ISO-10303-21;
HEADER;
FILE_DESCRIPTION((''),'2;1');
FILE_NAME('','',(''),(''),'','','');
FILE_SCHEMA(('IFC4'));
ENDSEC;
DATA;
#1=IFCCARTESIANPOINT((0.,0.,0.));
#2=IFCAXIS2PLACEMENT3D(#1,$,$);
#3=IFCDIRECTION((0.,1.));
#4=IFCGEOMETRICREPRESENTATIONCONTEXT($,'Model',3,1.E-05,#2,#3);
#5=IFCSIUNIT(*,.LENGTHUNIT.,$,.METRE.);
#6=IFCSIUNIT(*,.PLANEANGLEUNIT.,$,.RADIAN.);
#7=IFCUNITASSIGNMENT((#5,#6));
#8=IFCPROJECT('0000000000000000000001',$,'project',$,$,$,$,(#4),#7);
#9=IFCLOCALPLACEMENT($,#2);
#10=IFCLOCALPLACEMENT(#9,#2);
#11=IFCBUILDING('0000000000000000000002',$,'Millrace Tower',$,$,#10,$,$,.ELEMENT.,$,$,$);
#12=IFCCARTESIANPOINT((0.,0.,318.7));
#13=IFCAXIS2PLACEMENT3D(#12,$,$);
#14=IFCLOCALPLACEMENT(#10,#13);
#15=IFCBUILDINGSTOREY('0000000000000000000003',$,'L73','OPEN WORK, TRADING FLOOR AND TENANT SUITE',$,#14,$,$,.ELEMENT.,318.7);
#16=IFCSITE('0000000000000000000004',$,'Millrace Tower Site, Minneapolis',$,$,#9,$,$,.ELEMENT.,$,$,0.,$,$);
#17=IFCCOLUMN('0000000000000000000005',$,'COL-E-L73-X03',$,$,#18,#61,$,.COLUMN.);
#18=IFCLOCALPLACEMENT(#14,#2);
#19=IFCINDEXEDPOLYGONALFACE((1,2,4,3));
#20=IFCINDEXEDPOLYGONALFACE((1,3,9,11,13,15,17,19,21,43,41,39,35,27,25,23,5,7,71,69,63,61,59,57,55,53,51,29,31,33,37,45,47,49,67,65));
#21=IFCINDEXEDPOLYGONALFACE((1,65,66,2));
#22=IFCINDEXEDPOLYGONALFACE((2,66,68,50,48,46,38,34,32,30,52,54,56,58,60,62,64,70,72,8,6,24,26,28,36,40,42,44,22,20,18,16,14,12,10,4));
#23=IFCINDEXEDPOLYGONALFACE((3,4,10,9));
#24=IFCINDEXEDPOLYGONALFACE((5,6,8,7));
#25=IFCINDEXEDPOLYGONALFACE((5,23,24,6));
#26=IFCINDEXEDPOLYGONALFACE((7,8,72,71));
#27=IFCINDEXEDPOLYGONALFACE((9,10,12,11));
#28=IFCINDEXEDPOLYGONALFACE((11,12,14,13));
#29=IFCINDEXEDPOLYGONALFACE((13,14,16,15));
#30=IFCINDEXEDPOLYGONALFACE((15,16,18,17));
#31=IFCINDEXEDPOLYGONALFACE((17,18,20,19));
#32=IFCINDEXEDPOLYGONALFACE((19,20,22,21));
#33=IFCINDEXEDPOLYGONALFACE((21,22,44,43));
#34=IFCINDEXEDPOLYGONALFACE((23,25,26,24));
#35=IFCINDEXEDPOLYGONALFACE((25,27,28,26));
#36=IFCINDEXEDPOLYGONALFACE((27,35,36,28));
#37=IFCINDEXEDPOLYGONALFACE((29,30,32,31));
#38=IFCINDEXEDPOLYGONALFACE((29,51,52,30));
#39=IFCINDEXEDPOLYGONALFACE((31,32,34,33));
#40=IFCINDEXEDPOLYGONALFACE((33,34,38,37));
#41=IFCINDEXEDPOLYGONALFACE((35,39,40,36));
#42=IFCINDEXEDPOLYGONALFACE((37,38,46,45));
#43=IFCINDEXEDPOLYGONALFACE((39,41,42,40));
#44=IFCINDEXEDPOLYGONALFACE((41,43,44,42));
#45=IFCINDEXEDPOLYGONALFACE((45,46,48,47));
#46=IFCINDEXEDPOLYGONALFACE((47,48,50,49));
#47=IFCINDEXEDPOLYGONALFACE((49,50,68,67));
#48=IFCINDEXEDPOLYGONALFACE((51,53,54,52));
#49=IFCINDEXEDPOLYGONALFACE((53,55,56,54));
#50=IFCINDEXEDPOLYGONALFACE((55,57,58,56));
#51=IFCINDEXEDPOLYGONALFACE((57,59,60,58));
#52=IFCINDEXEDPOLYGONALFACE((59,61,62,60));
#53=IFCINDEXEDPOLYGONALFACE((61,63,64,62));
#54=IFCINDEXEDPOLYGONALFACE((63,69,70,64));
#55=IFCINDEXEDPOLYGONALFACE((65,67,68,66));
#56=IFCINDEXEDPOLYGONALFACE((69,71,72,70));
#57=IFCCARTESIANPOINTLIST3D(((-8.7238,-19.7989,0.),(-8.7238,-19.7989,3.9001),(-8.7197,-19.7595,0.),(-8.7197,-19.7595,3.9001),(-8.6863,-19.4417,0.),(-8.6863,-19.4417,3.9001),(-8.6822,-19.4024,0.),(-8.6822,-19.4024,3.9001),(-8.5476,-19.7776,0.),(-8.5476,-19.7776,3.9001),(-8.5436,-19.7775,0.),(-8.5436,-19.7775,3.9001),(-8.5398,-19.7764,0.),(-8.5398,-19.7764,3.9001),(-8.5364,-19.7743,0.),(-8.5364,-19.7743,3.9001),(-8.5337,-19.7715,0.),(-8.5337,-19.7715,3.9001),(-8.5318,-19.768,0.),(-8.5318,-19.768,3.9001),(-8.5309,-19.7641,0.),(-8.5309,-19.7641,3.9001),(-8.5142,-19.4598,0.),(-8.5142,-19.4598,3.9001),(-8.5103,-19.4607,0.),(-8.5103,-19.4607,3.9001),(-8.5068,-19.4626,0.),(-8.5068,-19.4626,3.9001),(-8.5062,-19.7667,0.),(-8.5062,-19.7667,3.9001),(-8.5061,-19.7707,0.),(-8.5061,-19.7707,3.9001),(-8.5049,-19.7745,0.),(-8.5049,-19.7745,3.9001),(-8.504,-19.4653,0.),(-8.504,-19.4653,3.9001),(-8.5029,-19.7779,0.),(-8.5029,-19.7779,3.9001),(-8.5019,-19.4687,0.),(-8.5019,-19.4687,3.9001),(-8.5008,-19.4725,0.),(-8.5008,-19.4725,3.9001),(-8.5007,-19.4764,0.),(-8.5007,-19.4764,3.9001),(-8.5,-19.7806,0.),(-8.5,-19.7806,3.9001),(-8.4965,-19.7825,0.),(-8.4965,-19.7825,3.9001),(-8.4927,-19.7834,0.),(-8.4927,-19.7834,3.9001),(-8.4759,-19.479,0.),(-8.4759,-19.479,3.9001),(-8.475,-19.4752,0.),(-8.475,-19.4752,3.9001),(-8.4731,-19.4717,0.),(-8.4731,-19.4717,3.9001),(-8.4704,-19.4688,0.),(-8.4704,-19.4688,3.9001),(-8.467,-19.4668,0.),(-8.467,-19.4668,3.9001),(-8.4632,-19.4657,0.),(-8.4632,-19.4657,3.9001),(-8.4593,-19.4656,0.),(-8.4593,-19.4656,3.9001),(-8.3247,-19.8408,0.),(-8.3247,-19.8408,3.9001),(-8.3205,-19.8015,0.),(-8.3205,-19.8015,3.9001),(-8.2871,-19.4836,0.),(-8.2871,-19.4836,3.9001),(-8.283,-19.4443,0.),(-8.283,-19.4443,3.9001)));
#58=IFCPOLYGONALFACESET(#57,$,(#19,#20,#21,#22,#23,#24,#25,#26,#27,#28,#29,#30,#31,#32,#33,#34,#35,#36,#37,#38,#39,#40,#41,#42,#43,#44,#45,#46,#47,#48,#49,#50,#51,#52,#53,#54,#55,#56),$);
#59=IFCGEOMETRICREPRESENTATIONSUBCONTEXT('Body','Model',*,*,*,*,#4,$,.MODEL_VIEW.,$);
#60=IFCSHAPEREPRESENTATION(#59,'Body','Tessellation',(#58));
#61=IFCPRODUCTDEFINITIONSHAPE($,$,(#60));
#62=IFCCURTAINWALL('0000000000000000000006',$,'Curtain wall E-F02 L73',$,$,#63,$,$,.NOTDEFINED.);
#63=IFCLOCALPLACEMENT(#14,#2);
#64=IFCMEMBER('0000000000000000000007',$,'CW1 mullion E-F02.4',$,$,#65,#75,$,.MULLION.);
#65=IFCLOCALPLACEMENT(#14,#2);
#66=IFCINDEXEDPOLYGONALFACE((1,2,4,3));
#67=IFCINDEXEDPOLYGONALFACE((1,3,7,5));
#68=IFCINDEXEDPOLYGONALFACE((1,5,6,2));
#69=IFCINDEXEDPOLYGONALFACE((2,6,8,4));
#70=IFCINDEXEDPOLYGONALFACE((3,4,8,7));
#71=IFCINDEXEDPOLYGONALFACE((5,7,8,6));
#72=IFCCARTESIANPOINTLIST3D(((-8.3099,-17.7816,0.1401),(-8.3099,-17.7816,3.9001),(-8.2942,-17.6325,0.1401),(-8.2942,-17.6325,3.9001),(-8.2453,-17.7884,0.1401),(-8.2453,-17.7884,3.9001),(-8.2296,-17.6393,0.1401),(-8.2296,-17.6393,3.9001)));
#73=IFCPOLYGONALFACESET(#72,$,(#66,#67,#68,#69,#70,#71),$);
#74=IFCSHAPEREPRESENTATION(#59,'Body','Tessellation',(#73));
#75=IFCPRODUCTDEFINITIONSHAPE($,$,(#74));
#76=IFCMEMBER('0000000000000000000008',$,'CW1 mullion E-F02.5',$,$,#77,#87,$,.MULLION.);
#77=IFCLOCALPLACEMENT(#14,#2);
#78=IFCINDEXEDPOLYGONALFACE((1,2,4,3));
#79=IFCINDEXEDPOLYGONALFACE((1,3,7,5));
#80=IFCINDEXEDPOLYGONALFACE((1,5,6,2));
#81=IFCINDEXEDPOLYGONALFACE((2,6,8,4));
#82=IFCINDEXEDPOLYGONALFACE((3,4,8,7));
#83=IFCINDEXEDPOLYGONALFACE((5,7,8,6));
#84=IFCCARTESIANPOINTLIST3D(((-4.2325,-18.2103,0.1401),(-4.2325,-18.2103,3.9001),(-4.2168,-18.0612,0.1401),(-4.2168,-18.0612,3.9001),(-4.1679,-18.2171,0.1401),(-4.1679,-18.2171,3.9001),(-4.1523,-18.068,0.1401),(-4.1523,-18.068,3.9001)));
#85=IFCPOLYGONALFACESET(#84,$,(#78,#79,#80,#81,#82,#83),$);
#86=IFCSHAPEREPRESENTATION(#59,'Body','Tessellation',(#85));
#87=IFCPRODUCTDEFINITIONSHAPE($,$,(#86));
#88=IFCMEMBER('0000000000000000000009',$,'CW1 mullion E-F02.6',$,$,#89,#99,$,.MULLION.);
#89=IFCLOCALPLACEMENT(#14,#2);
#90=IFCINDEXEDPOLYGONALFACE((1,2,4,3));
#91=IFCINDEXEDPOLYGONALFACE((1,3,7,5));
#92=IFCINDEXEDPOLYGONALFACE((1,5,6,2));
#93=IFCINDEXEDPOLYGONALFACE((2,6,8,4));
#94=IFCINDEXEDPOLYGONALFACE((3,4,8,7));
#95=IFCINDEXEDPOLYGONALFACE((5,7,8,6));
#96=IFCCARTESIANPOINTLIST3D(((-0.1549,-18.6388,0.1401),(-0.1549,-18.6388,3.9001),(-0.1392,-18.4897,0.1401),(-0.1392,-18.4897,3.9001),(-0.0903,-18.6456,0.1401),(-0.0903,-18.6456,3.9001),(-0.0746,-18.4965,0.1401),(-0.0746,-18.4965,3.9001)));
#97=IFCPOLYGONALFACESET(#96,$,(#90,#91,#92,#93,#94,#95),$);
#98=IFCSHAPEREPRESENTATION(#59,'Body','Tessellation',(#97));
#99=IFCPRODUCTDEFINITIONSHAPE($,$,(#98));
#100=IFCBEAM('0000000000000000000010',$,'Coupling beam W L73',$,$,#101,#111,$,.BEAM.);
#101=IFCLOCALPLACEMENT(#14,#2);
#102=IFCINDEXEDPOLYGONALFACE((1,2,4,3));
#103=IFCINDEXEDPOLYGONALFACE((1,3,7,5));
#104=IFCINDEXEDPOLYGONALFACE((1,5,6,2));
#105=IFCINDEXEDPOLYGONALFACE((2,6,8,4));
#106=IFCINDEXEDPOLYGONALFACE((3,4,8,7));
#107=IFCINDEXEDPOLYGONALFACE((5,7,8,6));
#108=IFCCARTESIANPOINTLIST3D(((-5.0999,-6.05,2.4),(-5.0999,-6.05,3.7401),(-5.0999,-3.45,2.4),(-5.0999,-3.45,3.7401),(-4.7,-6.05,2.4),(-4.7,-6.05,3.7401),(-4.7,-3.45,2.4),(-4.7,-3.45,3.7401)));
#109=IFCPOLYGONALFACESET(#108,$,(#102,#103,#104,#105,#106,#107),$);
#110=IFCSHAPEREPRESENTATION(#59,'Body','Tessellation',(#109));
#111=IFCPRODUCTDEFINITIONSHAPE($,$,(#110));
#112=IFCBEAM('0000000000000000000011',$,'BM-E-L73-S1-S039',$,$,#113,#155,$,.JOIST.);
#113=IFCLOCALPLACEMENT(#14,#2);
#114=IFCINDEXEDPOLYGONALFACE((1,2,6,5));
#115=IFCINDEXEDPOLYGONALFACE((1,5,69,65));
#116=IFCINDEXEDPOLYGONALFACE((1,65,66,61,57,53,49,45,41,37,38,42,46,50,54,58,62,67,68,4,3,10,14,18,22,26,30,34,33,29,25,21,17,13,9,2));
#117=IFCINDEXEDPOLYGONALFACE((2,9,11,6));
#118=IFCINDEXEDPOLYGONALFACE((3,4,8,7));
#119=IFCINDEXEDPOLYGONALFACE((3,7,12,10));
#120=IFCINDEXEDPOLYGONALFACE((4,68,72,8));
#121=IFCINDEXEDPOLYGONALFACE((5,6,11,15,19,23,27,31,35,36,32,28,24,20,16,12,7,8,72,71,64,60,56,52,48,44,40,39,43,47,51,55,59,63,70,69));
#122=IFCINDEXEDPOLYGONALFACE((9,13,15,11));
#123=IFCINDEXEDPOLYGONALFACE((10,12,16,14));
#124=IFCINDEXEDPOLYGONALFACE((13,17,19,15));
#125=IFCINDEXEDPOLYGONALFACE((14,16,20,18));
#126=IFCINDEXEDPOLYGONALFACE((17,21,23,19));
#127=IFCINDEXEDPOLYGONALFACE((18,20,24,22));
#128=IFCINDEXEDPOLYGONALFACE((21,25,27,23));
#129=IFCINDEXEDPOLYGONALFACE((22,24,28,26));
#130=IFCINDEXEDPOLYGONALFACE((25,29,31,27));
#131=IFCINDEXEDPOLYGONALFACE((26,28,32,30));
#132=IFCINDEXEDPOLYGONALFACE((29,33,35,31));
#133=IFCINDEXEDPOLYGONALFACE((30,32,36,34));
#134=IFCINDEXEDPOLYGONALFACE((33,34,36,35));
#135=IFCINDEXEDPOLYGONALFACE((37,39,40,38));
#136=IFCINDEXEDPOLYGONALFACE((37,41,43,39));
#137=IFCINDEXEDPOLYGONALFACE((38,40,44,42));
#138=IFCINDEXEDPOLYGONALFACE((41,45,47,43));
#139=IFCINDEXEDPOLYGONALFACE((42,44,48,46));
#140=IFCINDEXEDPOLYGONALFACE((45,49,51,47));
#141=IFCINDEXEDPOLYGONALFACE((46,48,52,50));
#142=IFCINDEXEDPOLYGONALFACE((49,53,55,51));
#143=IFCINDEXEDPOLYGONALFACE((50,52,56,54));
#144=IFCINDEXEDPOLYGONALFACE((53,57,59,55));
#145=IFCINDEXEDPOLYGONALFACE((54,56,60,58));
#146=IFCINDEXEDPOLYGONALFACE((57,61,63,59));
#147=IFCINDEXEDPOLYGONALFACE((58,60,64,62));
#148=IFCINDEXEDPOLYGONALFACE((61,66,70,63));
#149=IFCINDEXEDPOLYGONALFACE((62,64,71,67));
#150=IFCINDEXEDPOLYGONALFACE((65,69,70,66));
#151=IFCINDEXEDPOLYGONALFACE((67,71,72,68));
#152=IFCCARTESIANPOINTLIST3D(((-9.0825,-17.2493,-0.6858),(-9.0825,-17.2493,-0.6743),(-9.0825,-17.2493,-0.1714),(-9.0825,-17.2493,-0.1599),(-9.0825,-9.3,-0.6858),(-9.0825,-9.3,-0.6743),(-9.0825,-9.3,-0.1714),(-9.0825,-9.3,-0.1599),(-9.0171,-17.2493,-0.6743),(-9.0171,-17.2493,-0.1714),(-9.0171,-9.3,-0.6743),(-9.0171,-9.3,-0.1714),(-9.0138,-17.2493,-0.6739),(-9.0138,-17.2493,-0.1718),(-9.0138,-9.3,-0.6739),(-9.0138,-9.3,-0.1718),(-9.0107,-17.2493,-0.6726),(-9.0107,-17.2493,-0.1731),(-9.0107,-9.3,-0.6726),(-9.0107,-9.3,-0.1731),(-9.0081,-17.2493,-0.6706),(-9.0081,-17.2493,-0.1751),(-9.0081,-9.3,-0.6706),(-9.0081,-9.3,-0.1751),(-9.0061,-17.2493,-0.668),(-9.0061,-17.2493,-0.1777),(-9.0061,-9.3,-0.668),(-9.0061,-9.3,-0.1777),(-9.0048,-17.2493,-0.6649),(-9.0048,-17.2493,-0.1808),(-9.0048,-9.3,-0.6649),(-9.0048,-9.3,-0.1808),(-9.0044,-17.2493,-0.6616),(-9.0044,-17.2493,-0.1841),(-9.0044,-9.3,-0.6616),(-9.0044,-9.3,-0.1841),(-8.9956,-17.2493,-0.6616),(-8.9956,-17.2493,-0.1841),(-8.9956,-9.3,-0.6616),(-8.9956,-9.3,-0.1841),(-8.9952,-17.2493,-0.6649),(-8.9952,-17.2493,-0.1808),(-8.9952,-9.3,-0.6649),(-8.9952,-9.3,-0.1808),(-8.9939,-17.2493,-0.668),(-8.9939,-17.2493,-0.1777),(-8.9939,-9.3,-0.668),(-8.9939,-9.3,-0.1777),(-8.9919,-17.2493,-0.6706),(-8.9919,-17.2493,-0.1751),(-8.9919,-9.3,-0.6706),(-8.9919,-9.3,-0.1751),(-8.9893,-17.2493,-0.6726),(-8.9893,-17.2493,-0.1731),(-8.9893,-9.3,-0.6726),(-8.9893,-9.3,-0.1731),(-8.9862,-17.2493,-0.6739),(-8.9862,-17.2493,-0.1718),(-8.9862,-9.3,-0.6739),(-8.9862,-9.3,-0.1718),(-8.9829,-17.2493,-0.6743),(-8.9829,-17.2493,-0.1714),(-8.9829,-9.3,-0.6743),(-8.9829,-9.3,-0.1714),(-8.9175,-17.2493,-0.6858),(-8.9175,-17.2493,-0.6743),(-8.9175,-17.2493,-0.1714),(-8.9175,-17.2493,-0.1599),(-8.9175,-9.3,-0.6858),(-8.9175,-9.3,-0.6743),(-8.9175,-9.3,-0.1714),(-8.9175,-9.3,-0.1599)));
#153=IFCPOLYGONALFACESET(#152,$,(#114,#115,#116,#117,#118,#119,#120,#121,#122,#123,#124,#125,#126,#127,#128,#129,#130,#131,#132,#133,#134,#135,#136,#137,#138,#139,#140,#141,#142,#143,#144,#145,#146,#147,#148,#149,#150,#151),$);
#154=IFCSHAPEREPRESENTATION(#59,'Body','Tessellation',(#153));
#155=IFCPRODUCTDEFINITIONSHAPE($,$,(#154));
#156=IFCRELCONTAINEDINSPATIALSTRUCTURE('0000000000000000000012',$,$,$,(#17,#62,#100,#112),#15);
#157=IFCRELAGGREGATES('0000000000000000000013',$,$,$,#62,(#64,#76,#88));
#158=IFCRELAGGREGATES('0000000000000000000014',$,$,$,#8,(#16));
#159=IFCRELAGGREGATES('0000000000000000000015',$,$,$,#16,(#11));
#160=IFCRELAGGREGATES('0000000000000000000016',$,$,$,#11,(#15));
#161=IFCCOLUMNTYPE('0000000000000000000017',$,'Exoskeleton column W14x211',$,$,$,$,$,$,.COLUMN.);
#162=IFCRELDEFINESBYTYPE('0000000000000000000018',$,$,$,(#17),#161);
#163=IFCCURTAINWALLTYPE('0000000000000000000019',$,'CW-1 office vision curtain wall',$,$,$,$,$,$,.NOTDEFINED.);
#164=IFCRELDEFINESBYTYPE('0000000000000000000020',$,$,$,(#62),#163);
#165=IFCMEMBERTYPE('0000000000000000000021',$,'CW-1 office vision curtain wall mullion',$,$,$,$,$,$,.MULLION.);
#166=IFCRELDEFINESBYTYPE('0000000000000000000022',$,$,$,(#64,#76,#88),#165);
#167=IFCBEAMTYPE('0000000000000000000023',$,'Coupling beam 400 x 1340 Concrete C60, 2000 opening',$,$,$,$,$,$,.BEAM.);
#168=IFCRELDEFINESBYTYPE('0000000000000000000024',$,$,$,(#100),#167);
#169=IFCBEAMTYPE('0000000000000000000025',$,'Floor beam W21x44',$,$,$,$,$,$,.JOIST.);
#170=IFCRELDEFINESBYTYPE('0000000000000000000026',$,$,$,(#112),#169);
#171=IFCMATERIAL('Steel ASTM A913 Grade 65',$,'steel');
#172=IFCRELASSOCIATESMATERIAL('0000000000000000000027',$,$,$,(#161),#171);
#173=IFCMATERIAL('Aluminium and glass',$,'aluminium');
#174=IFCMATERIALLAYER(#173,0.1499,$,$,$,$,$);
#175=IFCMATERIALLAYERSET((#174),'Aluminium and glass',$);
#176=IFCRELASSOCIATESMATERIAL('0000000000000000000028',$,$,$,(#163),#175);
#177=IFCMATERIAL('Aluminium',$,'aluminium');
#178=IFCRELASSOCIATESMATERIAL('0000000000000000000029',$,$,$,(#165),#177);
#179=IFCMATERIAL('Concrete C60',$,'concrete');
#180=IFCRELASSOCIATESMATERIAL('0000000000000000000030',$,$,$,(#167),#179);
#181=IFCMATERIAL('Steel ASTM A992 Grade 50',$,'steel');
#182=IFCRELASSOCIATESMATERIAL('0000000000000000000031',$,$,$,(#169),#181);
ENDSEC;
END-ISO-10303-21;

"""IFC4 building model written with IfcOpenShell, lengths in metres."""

from ifc_helpers import new_model, si_unit, direction, frame, origin, origin_2d, place, context, subcontext, project, spatial, rectangle, i_section, extrude, material, layer, layer_set, material_profile, profile_set, type_object, element, aggregate, save


model = new_model("IFC4")

# Units and contexts
model_context = context("Model", 3, precision=1e-05, world=origin(), true_north=direction((0.0, 1.0)))
body_context = subcontext(model_context, "Body", "Model", "MODEL_VIEW")
ifc_project = project(units=[si_unit("LENGTHUNIT", "METRE"), si_unit("PLANEANGLEUNIT", "RADIAN")], contexts=[model_context])

# Site, building, storey
site_placement = place(None, origin())
site = spatial("IfcSite", under=ifc_project, at=site_placement, Name="Millrace Tower Site, Minneapolis", CompositionType="ELEMENT", RefElevation=0.0)
building_placement = place(site_placement, origin())
building = spatial("IfcBuilding", under=site, at=building_placement, Name="Millrace Tower", CompositionType="ELEMENT")
storey_placement = place(building_placement, frame((0.0, 0.0, 318.7)))
storey = spatial("IfcBuildingStorey", under=building, at=storey_placement, Name="L73", Description="OPEN WORK, TRADING FLOOR AND TENANT SUITE", CompositionType="ELEMENT", Elevation=318.7)

# Column
ifc_material_1 = material(Name="Steel ASTM A913 Grade 65", Category="steel")
ifc_material_profile_1 = material_profile(ifc_material_1, i_section(OverallWidth=0.4014, OverallDepth=0.3987, WebThickness=0.0249, FlangeThickness=0.0396, FilletRadius=0.0151, at=origin_2d()))
ifc_profile_set_1 = profile_set([ifc_material_profile_1], Name="Steel ASTM A913 Grade 65")
column_type = type_object("IfcColumnType", Name="Exoskeleton column W14x211", PredefinedType="COLUMN", material=ifc_profile_set_1)
column_placement = place(storey_placement, frame((-8.5034, -19.6216, 0.0), z_axis=(0.0, 0.0, 1.0), x_axis=(0.994522, -0.104528, 0.0)))
element("IfcColumn", 1, at=column_placement, inside=storey, type_object=column_type, Name="COL-E-L73-X03", PredefinedType="COLUMN", context=body_context, shape_type="SweptSolid", body=[
    extrude(i_section(OverallWidth=0.4014, OverallDepth=0.3987, WebThickness=0.0249, FlangeThickness=0.0396, FilletRadius=0.0151, at=origin_2d()), origin(), (0.0, 0.0, 1.0), 3.9001),
])

# Curtain wall, members
ifc_material_2 = material(Name="Aluminium and glass", Category="aluminium")
ifc_layer_1 = layer(ifc_material_2, 0.1499)
ifc_layer_set_1 = layer_set([ifc_layer_1], Name="Aluminium and glass")
curtain_wall_type = type_object("IfcCurtainWallType", Name="CW-1 office vision curtain wall", PredefinedType="NOTDEFINED", material=ifc_layer_set_1)
curtain_wall_placement = place(storey_placement, origin())
curtain_wall = element("IfcCurtainWall", 2, at=curtain_wall_placement, inside=storey, type_object=curtain_wall_type, Name="Curtain wall E-F02 L73", PredefinedType="NOTDEFINED")
ifc_material_3 = material(Name="Aluminium", Category="aluminium")
ifc_material_profile_2 = material_profile(ifc_material_3, rectangle(XDim=0.0649, YDim=0.1499, at=origin_2d()))
ifc_profile_set_2 = profile_set([ifc_material_profile_2], Name="Aluminium")
member_type = type_object("IfcMemberType", Name="CW-1 office vision curtain wall mullion", PredefinedType="MULLION", material=ifc_profile_set_2)
member_1_placement = place(storey_placement, frame((-8.2698, -17.7104, 0.1401), z_axis=(0.0, 0.0, 1.0), x_axis=(0.994522, -0.104528, 0.0)))
member_1 = element("IfcMember", 3, at=member_1_placement, type_object=member_type, Name="CW1 mullion E-F02.4", PredefinedType="MULLION", context=body_context, shape_type="SweptSolid", body=[
    extrude(rectangle(XDim=0.0649, YDim=0.1499, at=origin_2d()), origin(), (0.0, 0.0, 1.0), 3.76),
])
member_2_placement = place(storey_placement, frame((-4.1924, -18.1392, 0.1401), z_axis=(0.0, 0.0, 1.0), x_axis=(0.994522, -0.104528, 0.0)))
member_2 = element("IfcMember", 4, at=member_2_placement, type_object=member_type, Name="CW1 mullion E-F02.5", PredefinedType="MULLION", context=body_context, shape_type="SweptSolid", body=[
    extrude(rectangle(XDim=0.0649, YDim=0.1499, at=origin_2d()), origin(), (0.0, 0.0, 1.0), 3.76),
])
member_3_placement = place(storey_placement, frame((-0.1147, -18.5676, 0.1401), z_axis=(0.0, 0.0, 1.0), x_axis=(0.994522, -0.104528, 0.0)))
member_3 = element("IfcMember", 5, at=member_3_placement, type_object=member_type, Name="CW1 mullion E-F02.6", PredefinedType="MULLION", context=body_context, shape_type="SweptSolid", body=[
    extrude(rectangle(XDim=0.0649, YDim=0.1499, at=origin_2d()), origin(), (0.0, 0.0, 1.0), 3.76),
])
aggregate(curtain_wall, [member_1, member_2, member_3])

# Beams
ifc_material_4 = material(Name="Concrete C60", Category="concrete")
ifc_material_profile_3 = material_profile(ifc_material_4, rectangle(XDim=0.3999, YDim=1.3401, at=origin_2d()))
ifc_profile_set_3 = profile_set([ifc_material_profile_3], Name="Concrete C60")
beam_type_1 = type_object("IfcBeamType", Name="Coupling beam 400 x 1340 Concrete C60, 2000 opening", PredefinedType="BEAM", material=ifc_profile_set_3)
beam_1_placement = place(storey_placement, frame((-4.8999, -6.05, 3.0701), z_axis=(0.0, 1.0, 0.0), x_axis=(-1.0, 0.0, 0.0)))
element("IfcBeam", 6, at=beam_1_placement, inside=storey, type_object=beam_type_1, Name="Coupling beam W L73", PredefinedType="BEAM", context=body_context, shape_type="SweptSolid", body=[
    extrude(rectangle(XDim=0.3999, YDim=1.3401, at=origin_2d()), origin(), (0.0, 0.0, 1.0), 2.6001),
])
ifc_material_5 = material(Name="Steel ASTM A992 Grade 50", Category="steel")
ifc_material_profile_4 = material_profile(ifc_material_5, i_section(OverallWidth=0.165, OverallDepth=0.5259, WebThickness=0.0088, FlangeThickness=0.0115, FilletRadius=0.0127, at=origin_2d()))
ifc_profile_set_4 = profile_set([ifc_material_profile_4], Name="Steel ASTM A992 Grade 50")
beam_type_2 = type_object("IfcBeamType", Name="Floor beam W21x44", PredefinedType="JOIST", material=ifc_profile_set_4)
beam_2_placement = place(storey_placement, frame((-9.0, -17.2493, -0.4229), z_axis=(0.0, 1.0, 0.0), x_axis=(-1.0, 0.0, 0.0)))
element("IfcBeam", 7, at=beam_2_placement, inside=storey, type_object=beam_type_2, Name="BM-E-L73-S1-S039", PredefinedType="JOIST", context=body_context, shape_type="SweptSolid", body=[
    extrude(i_section(OverallWidth=0.165, OverallDepth=0.5259, WebThickness=0.0088, FlangeThickness=0.0115, FilletRadius=0.0127, at=origin_2d()), origin(), (0.0, 0.0, 1.0), 7.9492),
])

save(model, "model.ifc")
